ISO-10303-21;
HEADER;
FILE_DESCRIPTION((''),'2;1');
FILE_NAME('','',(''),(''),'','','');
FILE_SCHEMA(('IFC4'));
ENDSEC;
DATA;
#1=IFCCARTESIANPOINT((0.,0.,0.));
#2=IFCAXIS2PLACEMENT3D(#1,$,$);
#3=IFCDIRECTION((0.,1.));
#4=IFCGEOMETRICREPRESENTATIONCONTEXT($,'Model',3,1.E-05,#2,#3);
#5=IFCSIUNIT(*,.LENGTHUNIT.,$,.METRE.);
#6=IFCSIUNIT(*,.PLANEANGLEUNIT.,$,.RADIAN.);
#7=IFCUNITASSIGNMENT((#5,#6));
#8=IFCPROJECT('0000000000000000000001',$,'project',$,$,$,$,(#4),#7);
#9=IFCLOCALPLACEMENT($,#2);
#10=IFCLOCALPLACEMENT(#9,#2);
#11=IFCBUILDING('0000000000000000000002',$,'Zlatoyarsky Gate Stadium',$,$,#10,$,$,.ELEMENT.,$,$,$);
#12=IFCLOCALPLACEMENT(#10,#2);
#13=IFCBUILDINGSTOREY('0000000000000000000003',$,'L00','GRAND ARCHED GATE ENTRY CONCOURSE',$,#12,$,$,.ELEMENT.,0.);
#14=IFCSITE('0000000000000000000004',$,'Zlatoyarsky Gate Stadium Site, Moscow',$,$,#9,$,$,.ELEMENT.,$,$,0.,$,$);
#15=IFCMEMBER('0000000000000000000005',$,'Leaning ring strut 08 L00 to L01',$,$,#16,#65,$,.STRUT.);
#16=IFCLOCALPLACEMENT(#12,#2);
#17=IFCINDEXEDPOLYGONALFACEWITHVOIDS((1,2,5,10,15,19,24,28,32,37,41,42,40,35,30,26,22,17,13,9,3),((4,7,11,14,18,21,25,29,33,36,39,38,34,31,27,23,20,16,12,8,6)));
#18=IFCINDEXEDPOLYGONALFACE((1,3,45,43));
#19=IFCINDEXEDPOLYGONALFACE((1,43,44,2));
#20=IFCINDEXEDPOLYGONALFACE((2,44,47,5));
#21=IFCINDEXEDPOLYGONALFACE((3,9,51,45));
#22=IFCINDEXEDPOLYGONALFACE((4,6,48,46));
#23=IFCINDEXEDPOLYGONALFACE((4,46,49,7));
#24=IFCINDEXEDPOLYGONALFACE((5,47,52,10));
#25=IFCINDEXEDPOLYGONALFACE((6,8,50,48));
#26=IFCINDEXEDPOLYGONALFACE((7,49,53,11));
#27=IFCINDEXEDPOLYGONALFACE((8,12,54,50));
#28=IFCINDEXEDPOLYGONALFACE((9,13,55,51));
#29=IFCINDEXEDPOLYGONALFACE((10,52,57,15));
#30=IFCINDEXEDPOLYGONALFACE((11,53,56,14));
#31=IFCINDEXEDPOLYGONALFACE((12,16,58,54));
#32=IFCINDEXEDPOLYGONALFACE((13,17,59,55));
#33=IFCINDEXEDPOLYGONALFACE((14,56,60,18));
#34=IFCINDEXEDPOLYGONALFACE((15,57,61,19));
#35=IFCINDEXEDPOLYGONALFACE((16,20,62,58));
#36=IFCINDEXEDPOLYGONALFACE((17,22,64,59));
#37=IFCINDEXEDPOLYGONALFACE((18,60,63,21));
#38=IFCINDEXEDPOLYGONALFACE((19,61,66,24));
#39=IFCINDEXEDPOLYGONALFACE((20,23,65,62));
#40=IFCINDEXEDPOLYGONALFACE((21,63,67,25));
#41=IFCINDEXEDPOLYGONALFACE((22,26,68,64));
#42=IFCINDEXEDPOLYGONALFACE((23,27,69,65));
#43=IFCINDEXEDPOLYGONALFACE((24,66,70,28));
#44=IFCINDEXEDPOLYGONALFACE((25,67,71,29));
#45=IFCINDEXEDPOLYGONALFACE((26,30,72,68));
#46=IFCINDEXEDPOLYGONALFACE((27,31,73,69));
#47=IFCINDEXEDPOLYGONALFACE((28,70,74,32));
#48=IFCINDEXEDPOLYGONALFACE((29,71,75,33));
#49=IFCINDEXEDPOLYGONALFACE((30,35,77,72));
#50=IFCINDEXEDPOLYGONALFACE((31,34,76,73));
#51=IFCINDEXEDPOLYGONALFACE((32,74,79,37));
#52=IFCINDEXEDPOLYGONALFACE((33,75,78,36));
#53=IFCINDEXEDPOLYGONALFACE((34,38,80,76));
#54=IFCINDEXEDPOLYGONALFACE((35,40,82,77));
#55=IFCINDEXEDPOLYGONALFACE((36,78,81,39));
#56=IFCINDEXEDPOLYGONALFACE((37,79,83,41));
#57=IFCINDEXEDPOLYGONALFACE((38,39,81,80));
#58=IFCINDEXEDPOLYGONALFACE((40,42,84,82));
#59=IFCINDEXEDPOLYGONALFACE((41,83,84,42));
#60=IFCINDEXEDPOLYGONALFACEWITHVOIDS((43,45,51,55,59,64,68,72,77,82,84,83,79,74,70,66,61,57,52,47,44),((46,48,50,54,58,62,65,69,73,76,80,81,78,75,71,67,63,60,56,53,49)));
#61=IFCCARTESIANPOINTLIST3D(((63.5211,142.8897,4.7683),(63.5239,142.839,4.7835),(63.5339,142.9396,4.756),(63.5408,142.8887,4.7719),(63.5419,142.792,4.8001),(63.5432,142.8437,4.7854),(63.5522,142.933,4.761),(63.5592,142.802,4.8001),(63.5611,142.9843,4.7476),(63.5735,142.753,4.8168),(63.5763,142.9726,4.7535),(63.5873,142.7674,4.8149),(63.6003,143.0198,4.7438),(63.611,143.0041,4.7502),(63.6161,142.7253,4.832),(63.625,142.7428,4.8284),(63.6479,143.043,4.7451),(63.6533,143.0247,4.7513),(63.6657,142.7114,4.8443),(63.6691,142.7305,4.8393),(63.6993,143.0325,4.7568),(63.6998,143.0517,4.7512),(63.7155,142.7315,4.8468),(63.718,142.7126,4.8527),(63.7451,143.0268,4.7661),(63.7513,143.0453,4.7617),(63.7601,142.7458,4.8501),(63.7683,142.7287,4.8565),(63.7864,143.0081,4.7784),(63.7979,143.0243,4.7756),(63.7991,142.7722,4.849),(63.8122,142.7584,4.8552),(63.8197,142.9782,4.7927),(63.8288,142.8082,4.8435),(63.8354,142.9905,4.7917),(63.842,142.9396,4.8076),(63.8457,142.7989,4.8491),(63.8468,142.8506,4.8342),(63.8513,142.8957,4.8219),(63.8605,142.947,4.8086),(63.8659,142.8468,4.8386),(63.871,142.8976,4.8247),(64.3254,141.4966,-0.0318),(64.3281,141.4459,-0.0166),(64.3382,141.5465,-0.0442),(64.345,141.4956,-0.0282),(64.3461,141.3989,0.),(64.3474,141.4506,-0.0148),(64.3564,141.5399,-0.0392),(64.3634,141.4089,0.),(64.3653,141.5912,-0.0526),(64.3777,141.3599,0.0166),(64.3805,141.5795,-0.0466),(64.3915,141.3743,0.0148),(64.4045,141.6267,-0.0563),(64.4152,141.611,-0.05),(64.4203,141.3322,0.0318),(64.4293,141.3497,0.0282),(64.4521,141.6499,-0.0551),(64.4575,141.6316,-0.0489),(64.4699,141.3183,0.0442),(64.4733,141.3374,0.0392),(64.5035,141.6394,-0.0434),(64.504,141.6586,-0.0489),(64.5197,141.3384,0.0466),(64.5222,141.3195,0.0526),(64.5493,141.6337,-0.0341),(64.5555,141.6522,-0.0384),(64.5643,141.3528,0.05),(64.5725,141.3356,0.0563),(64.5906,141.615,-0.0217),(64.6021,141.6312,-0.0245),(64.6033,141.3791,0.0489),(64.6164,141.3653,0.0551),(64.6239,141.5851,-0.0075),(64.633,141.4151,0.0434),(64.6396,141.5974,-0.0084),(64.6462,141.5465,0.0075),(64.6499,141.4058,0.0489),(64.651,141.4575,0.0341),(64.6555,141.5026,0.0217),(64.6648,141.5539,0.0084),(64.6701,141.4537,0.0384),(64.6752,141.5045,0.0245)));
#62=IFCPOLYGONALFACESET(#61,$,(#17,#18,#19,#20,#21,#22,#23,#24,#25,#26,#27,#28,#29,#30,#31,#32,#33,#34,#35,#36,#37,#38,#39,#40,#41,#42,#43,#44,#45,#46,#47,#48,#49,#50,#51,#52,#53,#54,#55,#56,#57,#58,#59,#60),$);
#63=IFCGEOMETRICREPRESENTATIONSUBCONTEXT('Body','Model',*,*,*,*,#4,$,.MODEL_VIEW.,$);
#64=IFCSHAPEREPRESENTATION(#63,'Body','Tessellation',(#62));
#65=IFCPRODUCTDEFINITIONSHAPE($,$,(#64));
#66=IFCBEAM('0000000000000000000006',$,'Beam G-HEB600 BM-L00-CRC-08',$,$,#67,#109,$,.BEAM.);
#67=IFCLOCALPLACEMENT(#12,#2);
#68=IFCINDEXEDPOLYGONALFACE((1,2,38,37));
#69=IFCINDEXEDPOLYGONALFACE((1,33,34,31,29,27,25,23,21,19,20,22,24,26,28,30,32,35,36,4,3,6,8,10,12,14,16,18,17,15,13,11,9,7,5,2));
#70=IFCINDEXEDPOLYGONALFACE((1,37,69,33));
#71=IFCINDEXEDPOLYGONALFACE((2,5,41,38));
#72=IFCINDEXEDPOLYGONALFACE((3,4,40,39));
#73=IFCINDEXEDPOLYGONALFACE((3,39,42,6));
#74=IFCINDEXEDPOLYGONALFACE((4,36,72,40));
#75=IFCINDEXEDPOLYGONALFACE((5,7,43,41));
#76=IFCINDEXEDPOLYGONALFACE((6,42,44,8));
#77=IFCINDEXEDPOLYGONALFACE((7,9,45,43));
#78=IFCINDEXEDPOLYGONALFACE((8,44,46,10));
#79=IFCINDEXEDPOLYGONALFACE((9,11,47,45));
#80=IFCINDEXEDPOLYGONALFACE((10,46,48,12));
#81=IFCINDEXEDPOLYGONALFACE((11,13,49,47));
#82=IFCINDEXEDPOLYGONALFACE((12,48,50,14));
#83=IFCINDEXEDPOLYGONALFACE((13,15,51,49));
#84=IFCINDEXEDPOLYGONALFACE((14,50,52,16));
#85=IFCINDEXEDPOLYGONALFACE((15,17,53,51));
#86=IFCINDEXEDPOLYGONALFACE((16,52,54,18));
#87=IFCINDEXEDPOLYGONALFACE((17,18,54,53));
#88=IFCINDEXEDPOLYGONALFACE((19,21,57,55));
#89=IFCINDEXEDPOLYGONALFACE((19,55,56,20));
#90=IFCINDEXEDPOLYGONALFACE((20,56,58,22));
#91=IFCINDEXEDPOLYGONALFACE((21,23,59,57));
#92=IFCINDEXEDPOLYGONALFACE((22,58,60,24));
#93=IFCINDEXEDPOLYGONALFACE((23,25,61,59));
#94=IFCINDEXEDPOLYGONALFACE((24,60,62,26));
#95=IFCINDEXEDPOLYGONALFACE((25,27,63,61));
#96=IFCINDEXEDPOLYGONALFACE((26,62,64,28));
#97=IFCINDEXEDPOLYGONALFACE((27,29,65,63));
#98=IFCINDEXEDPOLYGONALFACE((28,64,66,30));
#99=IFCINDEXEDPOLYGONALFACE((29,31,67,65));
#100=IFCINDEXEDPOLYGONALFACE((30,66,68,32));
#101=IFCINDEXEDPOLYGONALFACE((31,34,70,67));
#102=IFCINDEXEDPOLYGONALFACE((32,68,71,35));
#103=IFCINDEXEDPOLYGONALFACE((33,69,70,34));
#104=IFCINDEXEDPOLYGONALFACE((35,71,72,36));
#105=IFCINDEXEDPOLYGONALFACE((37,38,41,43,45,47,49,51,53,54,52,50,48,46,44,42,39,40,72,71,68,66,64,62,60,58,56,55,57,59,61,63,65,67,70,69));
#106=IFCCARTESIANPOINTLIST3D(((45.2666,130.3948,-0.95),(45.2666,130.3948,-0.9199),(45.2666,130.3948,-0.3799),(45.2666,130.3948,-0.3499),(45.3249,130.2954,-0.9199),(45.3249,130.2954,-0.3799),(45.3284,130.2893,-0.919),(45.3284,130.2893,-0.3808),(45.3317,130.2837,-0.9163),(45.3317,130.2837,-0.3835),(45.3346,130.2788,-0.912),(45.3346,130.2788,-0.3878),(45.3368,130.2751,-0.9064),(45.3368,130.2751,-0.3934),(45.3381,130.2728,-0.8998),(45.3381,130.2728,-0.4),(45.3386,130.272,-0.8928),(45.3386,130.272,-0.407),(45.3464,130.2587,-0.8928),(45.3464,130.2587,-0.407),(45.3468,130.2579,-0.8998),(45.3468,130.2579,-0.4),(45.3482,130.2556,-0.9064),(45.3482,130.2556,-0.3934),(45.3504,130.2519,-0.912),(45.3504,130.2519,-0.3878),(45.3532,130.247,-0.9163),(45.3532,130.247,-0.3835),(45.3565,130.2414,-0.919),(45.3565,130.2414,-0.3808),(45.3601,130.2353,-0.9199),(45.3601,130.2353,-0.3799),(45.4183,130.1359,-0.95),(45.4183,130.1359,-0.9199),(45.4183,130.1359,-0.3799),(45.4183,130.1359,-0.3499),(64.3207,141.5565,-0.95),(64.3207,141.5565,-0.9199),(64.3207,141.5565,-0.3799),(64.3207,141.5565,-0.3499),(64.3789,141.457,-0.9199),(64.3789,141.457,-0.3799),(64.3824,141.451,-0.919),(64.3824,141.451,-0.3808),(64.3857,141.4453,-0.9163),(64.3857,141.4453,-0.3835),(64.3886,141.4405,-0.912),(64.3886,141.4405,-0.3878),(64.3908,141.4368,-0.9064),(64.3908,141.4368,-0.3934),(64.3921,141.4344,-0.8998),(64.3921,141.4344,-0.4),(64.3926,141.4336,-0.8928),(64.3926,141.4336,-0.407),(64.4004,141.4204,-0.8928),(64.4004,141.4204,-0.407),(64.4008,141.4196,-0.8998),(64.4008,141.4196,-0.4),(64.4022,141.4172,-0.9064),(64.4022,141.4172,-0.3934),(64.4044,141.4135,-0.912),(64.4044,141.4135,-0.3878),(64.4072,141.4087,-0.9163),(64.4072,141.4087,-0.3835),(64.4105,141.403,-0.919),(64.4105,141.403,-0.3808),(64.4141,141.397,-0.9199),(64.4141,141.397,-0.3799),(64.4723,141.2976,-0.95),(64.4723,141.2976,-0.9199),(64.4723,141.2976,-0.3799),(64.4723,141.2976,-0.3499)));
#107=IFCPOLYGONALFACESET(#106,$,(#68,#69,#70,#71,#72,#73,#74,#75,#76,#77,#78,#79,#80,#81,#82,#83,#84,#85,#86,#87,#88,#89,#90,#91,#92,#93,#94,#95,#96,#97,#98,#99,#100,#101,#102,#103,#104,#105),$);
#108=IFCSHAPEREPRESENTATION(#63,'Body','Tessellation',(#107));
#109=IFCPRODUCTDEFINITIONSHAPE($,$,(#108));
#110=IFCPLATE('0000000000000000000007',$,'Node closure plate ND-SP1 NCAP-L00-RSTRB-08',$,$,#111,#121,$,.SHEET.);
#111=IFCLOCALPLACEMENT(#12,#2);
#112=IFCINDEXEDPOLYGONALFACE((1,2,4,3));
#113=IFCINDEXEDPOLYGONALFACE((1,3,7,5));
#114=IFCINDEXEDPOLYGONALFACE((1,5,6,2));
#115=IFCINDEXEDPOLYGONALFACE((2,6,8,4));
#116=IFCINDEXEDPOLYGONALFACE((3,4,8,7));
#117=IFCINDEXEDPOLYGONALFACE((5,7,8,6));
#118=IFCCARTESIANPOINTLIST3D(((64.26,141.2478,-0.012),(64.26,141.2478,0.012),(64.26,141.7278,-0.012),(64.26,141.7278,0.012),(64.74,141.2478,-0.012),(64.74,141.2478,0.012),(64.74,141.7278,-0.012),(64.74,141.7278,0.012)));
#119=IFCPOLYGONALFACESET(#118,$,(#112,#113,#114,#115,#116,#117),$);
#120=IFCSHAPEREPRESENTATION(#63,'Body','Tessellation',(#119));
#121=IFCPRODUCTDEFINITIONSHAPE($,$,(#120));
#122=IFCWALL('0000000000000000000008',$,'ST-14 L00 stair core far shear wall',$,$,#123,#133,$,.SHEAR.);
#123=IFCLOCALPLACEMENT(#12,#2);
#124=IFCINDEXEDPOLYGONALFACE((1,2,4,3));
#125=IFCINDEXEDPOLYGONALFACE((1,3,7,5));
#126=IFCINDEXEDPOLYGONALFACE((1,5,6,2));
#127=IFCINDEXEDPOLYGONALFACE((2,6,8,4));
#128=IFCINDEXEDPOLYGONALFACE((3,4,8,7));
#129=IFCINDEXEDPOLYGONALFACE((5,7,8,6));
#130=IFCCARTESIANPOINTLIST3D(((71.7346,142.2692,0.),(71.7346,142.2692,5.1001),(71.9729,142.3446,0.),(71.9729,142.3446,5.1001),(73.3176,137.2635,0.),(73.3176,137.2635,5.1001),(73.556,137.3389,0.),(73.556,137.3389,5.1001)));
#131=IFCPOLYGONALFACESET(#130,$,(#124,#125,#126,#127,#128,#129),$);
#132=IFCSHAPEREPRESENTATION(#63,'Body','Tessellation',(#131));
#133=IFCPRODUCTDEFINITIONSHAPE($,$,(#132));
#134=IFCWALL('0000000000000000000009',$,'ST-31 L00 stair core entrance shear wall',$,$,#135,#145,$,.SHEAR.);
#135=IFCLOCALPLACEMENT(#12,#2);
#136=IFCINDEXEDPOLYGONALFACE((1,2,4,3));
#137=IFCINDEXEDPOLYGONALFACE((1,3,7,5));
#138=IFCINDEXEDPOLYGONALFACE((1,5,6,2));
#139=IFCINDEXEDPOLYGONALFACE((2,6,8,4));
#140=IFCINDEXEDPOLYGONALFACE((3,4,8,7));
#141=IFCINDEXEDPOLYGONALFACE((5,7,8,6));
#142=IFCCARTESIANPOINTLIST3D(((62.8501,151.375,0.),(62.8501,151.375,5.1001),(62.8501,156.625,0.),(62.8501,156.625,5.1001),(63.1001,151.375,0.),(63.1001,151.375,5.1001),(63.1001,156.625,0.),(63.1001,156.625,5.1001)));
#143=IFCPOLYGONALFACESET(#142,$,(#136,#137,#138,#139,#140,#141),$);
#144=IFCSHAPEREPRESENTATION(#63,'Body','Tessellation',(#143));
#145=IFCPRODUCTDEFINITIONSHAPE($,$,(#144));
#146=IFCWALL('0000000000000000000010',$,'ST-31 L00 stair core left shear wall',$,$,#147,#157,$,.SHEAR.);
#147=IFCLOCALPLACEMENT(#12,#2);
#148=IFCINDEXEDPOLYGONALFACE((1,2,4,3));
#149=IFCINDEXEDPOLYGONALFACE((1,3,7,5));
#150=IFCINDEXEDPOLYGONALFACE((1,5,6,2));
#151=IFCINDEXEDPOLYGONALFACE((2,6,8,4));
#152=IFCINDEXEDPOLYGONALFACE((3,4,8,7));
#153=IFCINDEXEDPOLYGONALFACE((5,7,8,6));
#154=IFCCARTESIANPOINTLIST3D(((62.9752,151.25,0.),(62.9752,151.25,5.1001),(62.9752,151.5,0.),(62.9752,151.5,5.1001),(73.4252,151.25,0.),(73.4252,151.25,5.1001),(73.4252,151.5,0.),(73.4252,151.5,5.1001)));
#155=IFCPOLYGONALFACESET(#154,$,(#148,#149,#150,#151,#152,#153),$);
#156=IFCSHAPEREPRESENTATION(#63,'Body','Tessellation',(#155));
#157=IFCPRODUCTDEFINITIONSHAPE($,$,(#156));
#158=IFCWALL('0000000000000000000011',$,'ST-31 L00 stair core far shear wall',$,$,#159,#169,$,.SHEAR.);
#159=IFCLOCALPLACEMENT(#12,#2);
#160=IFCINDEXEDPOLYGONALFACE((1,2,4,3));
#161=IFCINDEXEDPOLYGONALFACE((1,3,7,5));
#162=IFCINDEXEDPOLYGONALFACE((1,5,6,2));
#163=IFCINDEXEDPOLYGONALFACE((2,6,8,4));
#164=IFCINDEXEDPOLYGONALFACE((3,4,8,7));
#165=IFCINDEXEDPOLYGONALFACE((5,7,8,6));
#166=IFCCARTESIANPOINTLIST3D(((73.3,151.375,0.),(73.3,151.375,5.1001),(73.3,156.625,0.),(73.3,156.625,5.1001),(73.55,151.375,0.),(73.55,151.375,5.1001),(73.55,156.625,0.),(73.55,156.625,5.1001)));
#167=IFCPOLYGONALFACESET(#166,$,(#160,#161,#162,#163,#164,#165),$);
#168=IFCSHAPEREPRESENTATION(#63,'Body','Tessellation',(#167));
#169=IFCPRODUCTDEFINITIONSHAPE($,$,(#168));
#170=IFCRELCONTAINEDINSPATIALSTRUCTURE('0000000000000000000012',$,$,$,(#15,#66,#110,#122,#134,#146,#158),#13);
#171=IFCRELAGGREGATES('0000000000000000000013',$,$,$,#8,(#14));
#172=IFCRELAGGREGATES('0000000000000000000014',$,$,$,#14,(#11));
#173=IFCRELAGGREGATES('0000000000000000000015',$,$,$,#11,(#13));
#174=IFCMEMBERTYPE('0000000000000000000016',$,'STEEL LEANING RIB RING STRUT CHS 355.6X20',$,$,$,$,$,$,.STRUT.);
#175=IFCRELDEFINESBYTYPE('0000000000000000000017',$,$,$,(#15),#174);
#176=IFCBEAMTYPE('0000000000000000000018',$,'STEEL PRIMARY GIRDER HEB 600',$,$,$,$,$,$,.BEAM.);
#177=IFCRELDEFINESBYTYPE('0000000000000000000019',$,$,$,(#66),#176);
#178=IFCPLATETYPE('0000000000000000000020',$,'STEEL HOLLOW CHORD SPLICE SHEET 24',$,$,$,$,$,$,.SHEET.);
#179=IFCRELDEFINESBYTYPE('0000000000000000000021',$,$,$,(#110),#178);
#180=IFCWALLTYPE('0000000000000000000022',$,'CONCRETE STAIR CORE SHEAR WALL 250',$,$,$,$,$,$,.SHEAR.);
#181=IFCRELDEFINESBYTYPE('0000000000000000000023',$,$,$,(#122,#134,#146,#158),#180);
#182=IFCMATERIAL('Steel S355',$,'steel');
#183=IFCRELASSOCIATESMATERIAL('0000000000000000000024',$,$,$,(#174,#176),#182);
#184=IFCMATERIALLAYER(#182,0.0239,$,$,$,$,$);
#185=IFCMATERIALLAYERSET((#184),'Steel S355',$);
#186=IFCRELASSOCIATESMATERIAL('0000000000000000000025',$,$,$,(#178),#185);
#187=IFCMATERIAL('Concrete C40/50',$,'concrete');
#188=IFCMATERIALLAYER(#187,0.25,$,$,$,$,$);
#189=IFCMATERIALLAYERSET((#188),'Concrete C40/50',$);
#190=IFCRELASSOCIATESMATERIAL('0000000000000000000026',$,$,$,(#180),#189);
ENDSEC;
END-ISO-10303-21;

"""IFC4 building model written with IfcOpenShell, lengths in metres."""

from ifc_helpers import new_model, si_unit, direction, frame, frame_2d, origin, origin_2d, place, context, subcontext, project, spatial, rectangle, hollow_circle, i_section, extrude, material, layer, layer_set, material_profile, profile_set, type_object, element, save


model = new_model("IFC4")

# Units and contexts
model_context = context("Model", 3, precision=1e-05, world=origin(), true_north=direction((0.0, 1.0)))
body_context = subcontext(model_context, "Body", "Model", "MODEL_VIEW")
ifc_project = project(units=[si_unit("LENGTHUNIT", "METRE"), si_unit("PLANEANGLEUNIT", "RADIAN")], contexts=[model_context])

# Site, building, storey
site_placement = place(None, origin())
site = spatial("IfcSite", under=ifc_project, at=site_placement, Name="Zlatoyarsky Gate Stadium Site, Moscow", CompositionType="ELEMENT", RefElevation=0.0)
building_placement = place(site_placement, origin())
building = spatial("IfcBuilding", under=site, at=building_placement, Name="Zlatoyarsky Gate Stadium", CompositionType="ELEMENT")
storey_placement = place(building_placement, origin())
storey = spatial("IfcBuildingStorey", under=building, at=storey_placement, Name="L00", Description="GRAND ARCHED GATE ENTRY CONCOURSE", CompositionType="ELEMENT", Elevation=0.0)

# Shared definitions
ifc_material_1 = material(Name="Concrete C40/50", Category="concrete")

# Member
ifc_material_2 = material(Name="Steel S355", Category="steel")
ifc_material_profile_1 = material_profile(ifc_material_2, hollow_circle(Radius=0.1777, WallThickness=0.02, at=origin_2d()), Name="CHS 355.6X20")
ifc_profile_set_1 = profile_set([ifc_material_profile_1], Name="Steel S355")
member_type = type_object("IfcMemberType", Name="STEEL LEANING RIB RING STRUT CHS 355.6X20", PredefinedType="STRUT", material=ifc_profile_set_1)
member_placement = place(storey_placement, frame((64.5, 141.4878, 0.0), z_axis=(-0.158857, 0.275179, 0.948178), x_axis=(-0.866049, -0.499959, 0.0)))
element("IfcMember", 1, at=member_placement, inside=storey, type_object=member_type, Name="Leaning ring strut 08 L00 to L01", PredefinedType="STRUT", context=body_context, shape_type="SweptSolid", body=[
    extrude(hollow_circle(Radius=0.1777, WallThickness=0.02, at=origin_2d()), origin(), (0.0, 0.0, 1.0), 5.0625),
])

# Beam
ifc_material_profile_2 = material_profile(ifc_material_2, i_section(OverallWidth=0.3, OverallDepth=0.6001, WebThickness=0.0154, FlangeThickness=0.03, FilletRadius=0.0271, at=origin_2d()), Name="HEB 600")
ifc_profile_set_2 = profile_set([ifc_material_profile_2], Name="Steel S355")
beam_type = type_object("IfcBeamType", Name="STEEL PRIMARY GIRDER HEB 600", PredefinedType="BEAM", material=ifc_profile_set_2)
beam_placement = place(storey_placement, frame((64.3965, 141.427, -0.6499), z_axis=(-0.862855, -0.505452, 0.0), x_axis=(0.505452, -0.862855, 0.0)))
element("IfcBeam", 2, at=beam_placement, inside=storey, type_object=beam_type, Name="Beam G-HEB600 BM-L00-CRC-08", PredefinedType="BEAM", context=body_context, shape_type="SweptSolid", body=[
    extrude(i_section(OverallWidth=0.3, OverallDepth=0.6001, WebThickness=0.0154, FlangeThickness=0.03, FilletRadius=0.0271, at=origin_2d()), origin(), (0.0, 0.0, 1.0), 22.0825),
])

# Plate
ifc_layer_1 = layer(ifc_material_2, 0.0239)
ifc_layer_set_1 = layer_set([ifc_layer_1], Name="Steel S355")
plate_type = type_object("IfcPlateType", Name="STEEL HOLLOW CHORD SPLICE SHEET 24", PredefinedType="SHEET", material=ifc_layer_set_1)
plate_placement = place(storey_placement, frame((64.5, 141.4878, -0.012), z_axis=(0.0, 0.0, 1.0), x_axis=(1.0, 0.0, 0.0)))
element("IfcPlate", 3, at=plate_placement, inside=storey, type_object=plate_type, Name="Node closure plate ND-SP1 NCAP-L00-RSTRB-08", PredefinedType="SHEET", context=body_context, shape_type="SweptSolid", body=[
    extrude(rectangle(XDim=0.48, YDim=0.48, at=origin_2d()), origin(), (0.0, 0.0, 1.0), 0.0239),
])

# Walls
ifc_layer_2 = layer(ifc_material_1, 0.25)
ifc_layer_set_2 = layer_set([ifc_layer_2], Name="Concrete C40/50")
wall_type_1 = type_object("IfcWallType", Name="CONCRETE STAIR CORE SHEAR WALL 250", PredefinedType="SHEAR", material=ifc_layer_set_2)
for number, where, z_axis, x_axis, name in (
    (4, (71.8538, 142.3069, 0.0), (0.0, 0.0, 1.0), (0.301527, -0.953457, 0.0), "ST-14 L00 stair core far shear wall"),
    (5, (62.9751, 156.625, 0.0), (0.0, 0.0, 1.0), (0.0, -1.0, 0.0), "ST-31 L00 stair core entrance shear wall"),
):
    element("IfcWall", number, at=place(storey_placement, frame(where, z_axis=z_axis, x_axis=x_axis)), inside=storey, type_object=wall_type_1, Name=name, PredefinedType="SHEAR", context=body_context, shape_type="SweptSolid", body=[
        extrude(rectangle(XDim=5.25, YDim=0.25, at=frame_2d((2.625, 0.0))), origin(), (0.0, 0.0, 1.0), 5.1001),
    ])
wall_1_placement = place(storey_placement, frame((62.9751, 151.375, 0.0), z_axis=(0.0, 0.0, 1.0), x_axis=(1.0, 0.0, 0.0)))
element("IfcWall", 6, at=wall_1_placement, inside=storey, type_object=wall_type_1, Name="ST-31 L00 stair core left shear wall", PredefinedType="SHEAR", context=body_context, shape_type="SweptSolid", body=[
    extrude(rectangle(XDim=10.45, YDim=0.25, at=frame_2d((5.2251, 0.0))), origin(), (0.0, 0.0, 1.0), 5.1001),
])
wall_2_placement = place(storey_placement, frame((73.425, 151.375, 0.0), z_axis=(0.0, 0.0, 1.0), x_axis=(0.0, 1.0, 0.0)))
element("IfcWall", 7, at=wall_2_placement, inside=storey, type_object=wall_type_1, Name="ST-31 L00 stair core far shear wall", PredefinedType="SHEAR", context=body_context, shape_type="SweptSolid", body=[
    extrude(rectangle(XDim=5.25, YDim=0.25, at=frame_2d((2.625, 0.0))), origin(), (0.0, 0.0, 1.0), 5.1001),
])

save(model, "model.ifc")
